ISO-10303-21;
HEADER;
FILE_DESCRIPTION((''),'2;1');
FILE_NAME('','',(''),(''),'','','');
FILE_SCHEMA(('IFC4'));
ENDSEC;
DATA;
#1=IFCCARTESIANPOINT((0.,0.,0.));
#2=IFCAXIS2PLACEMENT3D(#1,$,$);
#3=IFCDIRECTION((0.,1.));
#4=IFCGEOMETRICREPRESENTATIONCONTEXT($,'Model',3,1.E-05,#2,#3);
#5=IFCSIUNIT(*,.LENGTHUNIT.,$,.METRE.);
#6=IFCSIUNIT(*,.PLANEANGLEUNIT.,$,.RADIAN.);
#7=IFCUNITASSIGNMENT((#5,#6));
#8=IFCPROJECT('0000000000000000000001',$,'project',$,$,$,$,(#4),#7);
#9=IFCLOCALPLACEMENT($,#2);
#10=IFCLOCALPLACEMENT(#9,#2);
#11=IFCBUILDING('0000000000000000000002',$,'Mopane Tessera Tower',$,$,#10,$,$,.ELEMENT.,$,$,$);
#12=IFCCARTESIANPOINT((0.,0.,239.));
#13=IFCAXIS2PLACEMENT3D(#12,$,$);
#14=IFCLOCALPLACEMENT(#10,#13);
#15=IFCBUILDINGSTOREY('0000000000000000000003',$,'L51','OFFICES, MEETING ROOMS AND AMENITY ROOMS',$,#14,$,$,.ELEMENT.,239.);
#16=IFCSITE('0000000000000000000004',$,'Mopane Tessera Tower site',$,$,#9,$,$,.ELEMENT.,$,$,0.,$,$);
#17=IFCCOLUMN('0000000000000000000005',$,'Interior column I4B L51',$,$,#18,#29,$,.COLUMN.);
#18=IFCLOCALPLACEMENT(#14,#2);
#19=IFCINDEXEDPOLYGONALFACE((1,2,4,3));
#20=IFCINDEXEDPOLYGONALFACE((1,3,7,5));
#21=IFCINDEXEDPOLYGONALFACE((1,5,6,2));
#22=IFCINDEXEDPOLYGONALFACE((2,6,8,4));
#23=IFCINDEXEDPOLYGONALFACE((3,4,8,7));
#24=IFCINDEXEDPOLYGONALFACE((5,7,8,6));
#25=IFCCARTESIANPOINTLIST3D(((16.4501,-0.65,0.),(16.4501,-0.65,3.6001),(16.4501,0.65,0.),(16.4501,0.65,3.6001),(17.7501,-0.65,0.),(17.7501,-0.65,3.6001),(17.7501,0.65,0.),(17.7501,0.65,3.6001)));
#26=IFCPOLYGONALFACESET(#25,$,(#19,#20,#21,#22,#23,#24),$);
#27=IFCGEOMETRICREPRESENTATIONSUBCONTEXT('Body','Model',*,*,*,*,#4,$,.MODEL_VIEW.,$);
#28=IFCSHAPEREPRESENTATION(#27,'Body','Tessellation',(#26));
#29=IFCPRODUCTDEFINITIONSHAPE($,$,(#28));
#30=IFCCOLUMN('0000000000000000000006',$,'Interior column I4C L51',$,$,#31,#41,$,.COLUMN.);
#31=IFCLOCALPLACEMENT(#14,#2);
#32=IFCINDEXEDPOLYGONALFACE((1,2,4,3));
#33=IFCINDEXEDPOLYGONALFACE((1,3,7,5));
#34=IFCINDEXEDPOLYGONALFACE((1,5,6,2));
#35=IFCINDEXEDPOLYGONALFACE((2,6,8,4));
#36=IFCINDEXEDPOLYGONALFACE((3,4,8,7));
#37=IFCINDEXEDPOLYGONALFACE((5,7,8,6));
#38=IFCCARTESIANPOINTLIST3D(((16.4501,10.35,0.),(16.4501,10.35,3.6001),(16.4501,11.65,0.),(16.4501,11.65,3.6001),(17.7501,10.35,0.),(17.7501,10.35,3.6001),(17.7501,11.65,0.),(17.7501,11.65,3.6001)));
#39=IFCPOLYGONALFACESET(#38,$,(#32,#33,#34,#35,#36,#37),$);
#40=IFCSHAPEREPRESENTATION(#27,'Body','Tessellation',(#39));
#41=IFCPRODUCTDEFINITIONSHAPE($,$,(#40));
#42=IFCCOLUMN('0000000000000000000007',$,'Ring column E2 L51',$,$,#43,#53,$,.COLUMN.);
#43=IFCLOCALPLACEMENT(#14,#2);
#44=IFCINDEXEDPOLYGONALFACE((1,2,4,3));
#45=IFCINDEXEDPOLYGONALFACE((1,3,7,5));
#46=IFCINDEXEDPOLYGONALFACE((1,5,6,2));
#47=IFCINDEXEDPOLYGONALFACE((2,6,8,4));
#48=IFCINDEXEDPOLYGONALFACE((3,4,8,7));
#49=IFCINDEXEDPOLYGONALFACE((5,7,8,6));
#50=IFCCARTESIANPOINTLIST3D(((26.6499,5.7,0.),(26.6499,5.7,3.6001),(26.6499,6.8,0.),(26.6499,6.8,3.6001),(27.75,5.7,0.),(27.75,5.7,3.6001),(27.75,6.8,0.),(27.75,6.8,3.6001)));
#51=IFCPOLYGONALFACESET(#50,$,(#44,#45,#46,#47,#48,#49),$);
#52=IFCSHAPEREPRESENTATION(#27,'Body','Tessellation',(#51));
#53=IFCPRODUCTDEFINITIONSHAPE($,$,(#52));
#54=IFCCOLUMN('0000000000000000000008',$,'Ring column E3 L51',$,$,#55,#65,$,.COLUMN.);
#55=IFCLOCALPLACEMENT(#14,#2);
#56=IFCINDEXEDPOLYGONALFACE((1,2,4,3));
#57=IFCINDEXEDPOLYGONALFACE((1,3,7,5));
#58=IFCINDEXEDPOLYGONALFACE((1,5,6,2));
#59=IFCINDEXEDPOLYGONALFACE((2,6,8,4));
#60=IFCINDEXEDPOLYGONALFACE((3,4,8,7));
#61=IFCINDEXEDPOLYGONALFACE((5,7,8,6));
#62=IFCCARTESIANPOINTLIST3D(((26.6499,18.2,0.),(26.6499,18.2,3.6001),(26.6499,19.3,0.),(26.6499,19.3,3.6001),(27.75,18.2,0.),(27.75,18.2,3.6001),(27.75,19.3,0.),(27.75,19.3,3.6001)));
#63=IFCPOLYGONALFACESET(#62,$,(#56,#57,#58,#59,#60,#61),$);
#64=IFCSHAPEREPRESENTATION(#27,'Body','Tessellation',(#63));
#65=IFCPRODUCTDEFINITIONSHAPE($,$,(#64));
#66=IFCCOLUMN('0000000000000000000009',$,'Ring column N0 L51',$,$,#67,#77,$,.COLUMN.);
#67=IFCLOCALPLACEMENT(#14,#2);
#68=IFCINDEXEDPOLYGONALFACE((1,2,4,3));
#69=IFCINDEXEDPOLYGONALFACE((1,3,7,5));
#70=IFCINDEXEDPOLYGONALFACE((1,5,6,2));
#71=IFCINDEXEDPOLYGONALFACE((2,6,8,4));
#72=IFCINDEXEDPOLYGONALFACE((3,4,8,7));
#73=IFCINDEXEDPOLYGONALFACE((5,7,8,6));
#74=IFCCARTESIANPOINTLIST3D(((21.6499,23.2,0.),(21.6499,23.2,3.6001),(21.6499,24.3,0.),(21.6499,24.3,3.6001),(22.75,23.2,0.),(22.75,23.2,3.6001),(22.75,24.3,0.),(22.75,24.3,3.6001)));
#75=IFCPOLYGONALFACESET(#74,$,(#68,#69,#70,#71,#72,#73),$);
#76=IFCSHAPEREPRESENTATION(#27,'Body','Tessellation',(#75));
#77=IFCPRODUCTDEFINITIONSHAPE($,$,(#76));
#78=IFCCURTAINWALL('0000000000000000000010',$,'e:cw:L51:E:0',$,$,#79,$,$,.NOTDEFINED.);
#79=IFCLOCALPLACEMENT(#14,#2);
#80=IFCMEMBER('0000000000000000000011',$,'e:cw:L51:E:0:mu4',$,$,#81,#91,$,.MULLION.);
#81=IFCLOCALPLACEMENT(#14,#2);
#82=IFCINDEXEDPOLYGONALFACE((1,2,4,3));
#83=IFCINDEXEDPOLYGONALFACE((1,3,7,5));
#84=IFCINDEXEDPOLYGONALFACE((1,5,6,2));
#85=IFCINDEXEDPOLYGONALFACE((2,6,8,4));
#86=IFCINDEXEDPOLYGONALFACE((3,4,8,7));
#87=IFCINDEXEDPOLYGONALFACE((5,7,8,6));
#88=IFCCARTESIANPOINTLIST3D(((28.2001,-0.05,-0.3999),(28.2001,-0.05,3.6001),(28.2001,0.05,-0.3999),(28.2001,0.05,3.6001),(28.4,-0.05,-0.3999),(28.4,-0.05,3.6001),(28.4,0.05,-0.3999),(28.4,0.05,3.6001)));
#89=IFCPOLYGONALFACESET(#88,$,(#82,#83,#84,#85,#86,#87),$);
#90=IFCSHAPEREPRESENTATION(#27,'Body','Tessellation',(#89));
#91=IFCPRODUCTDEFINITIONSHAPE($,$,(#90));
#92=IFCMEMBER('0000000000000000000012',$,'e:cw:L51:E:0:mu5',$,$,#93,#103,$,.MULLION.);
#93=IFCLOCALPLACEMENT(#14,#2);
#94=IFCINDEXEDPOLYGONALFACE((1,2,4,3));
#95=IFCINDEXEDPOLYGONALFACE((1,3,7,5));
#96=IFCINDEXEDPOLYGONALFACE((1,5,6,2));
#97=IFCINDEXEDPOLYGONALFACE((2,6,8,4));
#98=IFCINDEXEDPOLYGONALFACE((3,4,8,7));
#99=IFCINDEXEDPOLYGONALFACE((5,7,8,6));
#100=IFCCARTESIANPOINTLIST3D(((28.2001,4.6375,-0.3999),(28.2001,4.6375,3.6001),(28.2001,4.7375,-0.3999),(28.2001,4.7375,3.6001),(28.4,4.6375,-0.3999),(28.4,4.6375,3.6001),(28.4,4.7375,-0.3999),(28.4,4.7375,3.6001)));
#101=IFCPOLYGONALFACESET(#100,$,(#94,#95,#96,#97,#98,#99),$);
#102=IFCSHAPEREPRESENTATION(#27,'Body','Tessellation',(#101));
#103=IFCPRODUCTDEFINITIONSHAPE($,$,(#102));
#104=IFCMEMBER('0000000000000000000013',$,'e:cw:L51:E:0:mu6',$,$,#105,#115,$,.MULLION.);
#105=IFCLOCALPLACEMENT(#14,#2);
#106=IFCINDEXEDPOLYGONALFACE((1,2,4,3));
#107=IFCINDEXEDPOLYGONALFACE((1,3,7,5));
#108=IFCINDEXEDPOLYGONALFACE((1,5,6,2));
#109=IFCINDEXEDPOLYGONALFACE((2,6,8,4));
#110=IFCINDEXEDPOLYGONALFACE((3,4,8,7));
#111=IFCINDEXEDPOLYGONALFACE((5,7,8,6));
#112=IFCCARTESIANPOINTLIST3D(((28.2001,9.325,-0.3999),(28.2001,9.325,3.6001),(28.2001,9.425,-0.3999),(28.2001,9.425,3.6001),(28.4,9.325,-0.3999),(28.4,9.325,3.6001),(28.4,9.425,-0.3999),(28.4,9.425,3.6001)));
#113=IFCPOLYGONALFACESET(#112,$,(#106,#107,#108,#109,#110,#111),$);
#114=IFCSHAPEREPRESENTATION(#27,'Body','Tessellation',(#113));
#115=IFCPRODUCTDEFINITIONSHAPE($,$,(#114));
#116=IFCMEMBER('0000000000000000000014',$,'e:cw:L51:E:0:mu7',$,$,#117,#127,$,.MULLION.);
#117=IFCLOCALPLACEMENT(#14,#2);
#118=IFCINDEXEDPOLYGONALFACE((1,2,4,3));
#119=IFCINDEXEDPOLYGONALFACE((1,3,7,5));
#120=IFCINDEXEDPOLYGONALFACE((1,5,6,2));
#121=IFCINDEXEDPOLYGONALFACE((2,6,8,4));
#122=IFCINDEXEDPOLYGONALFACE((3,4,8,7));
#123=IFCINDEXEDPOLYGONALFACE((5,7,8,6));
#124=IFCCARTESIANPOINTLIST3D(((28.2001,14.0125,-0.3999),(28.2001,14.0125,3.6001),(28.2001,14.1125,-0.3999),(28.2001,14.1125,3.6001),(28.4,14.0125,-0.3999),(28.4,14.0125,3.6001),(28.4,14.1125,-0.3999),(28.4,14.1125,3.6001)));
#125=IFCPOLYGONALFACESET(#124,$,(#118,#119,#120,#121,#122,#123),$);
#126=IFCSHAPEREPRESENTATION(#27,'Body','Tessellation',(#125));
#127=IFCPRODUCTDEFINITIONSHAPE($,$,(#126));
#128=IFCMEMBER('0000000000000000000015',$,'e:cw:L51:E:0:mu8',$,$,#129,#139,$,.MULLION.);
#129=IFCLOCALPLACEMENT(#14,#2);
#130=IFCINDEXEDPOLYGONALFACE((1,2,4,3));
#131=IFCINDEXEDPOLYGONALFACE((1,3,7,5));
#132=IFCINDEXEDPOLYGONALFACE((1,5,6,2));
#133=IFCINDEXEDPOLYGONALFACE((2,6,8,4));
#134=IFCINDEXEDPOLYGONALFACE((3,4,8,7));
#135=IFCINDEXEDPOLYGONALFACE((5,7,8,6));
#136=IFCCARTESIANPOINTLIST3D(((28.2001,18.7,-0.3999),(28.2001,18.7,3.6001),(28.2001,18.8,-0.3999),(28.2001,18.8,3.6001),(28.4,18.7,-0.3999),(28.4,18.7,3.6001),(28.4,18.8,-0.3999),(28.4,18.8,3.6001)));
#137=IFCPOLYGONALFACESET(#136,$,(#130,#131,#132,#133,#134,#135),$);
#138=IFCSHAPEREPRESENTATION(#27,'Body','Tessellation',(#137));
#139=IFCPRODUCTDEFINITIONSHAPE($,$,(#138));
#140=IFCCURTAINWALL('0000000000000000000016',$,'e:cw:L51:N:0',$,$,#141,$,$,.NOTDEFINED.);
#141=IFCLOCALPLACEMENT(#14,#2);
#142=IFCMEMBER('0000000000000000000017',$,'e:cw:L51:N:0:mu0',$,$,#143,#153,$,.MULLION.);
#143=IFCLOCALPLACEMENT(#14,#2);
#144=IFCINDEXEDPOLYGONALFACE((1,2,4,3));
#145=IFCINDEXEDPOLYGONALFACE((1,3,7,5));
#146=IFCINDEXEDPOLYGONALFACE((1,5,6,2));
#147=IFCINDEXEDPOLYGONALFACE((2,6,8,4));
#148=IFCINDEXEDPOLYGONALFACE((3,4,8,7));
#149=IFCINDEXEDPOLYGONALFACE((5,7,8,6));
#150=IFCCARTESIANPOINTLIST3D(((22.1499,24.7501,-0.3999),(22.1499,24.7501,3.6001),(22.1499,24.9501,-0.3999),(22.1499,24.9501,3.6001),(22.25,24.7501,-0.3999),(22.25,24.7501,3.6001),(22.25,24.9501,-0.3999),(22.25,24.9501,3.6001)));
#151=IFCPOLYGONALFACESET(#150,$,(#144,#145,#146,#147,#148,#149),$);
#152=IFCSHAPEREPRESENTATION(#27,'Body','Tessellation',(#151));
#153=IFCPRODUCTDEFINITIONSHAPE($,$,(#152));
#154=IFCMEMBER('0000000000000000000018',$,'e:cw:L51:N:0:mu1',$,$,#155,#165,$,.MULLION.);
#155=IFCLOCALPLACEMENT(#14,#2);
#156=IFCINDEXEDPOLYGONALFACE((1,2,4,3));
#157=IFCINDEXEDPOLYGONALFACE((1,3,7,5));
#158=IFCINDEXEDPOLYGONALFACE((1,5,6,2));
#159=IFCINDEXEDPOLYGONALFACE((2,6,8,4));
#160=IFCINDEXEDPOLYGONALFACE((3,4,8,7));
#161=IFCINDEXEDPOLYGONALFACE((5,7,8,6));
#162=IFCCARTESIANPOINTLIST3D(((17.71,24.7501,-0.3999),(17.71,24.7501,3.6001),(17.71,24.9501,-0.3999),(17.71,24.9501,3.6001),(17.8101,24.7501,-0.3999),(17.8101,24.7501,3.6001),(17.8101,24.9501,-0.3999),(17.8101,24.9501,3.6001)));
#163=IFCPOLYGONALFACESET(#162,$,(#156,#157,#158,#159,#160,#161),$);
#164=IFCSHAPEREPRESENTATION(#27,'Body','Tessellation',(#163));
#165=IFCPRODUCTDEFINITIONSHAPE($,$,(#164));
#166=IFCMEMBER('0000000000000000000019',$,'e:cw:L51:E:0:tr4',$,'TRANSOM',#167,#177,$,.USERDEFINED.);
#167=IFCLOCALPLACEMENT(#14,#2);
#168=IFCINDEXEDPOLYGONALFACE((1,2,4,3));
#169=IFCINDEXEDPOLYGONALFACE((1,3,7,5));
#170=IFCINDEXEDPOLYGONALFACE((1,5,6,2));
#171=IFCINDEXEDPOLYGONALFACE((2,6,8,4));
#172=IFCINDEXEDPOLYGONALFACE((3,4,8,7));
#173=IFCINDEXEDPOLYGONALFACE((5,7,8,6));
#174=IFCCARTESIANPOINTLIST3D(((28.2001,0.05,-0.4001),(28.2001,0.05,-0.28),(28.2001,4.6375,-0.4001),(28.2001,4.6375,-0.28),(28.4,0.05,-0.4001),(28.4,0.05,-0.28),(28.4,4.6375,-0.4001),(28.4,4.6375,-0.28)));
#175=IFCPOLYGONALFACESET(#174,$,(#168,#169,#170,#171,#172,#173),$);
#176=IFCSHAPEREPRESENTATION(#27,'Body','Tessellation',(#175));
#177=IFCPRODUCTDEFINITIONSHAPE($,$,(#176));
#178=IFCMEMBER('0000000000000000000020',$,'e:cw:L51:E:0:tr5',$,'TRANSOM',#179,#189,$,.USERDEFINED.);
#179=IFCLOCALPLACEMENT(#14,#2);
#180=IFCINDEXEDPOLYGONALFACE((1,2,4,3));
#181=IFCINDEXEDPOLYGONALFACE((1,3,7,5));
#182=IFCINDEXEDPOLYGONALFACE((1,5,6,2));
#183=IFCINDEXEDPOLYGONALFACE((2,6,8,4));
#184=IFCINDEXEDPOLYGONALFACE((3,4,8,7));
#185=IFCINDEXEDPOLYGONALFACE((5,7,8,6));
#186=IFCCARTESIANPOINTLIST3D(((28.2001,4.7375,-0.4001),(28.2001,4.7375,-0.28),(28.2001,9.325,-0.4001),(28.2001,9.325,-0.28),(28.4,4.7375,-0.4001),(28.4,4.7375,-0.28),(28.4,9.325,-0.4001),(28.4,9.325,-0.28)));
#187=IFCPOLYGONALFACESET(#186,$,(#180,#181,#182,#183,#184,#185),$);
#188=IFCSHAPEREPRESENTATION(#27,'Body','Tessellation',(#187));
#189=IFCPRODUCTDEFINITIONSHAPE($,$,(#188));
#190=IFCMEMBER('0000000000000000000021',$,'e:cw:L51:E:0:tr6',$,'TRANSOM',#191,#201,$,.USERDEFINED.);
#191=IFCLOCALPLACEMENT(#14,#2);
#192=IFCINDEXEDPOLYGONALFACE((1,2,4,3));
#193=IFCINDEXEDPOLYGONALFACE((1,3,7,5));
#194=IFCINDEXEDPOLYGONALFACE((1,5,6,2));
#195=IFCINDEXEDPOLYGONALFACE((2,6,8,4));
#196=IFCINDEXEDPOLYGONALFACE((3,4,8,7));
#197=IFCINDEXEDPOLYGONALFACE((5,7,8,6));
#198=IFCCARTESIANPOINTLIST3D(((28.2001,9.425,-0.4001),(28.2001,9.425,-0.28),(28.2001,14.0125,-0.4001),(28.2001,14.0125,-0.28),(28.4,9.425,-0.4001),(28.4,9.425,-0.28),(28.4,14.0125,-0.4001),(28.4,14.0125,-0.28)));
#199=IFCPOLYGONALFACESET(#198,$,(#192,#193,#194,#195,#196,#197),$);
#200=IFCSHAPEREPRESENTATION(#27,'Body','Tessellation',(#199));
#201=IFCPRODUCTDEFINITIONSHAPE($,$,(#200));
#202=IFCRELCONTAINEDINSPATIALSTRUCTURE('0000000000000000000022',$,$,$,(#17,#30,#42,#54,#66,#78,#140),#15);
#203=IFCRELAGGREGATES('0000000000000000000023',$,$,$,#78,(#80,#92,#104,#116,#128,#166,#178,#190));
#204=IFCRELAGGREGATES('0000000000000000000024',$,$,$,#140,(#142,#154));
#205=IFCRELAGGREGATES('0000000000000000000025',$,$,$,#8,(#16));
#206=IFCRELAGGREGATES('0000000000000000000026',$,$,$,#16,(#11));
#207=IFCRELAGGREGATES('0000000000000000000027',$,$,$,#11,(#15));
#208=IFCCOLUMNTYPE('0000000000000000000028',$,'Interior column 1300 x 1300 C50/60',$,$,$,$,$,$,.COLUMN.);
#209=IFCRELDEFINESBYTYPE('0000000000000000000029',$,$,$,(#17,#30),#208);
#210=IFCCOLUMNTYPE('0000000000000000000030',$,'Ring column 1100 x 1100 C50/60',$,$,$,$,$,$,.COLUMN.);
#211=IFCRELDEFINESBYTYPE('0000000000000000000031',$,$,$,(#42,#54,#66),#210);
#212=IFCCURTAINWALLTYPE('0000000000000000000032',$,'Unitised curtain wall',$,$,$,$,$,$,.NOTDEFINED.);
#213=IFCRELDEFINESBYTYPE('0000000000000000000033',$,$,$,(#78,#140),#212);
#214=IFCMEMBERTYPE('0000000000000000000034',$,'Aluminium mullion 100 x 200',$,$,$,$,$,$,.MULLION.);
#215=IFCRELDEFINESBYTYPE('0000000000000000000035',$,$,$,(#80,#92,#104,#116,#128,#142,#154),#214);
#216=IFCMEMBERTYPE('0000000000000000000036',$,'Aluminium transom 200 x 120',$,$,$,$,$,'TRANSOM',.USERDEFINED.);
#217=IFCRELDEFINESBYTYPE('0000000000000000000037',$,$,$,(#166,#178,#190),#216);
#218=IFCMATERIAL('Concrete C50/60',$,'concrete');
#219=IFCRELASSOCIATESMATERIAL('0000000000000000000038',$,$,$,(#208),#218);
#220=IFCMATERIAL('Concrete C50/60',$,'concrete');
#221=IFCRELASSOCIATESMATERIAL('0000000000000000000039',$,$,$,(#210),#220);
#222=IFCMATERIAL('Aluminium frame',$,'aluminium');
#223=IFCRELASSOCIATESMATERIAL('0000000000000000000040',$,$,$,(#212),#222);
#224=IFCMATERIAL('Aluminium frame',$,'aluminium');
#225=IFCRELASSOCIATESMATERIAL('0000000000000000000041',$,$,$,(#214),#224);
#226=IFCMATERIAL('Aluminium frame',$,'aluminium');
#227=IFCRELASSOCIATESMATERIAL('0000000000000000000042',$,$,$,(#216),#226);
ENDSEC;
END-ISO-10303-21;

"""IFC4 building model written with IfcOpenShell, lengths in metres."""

from ifc_helpers import new_model, si_unit, direction, frame, origin, origin_2d, place, context, subcontext, project, spatial, rectangle, extrude, material, material_profile, profile_set, type_object, element, aggregate, save


model = new_model("IFC4")

# Units and contexts
model_context = context("Model", 3, precision=1e-05, world=origin(), true_north=direction((0.0, 1.0)))
body_context = subcontext(model_context, "Body", "Model", "MODEL_VIEW")
ifc_project = project(units=[si_unit("LENGTHUNIT", "METRE"), si_unit("PLANEANGLEUNIT", "RADIAN")], contexts=[model_context])

# Site, building, storey
site_placement = place(None, origin())
site = spatial("IfcSite", under=ifc_project, at=site_placement, Name="Mopane Tessera Tower site", CompositionType="ELEMENT", RefElevation=0.0)
building_placement = place(site_placement, origin())
building = spatial("IfcBuilding", under=site, at=building_placement, Name="Mopane Tessera Tower", CompositionType="ELEMENT")
storey_placement = place(building_placement, frame((0.0, 0.0, 239.0)))
storey = spatial("IfcBuildingStorey", under=building, at=storey_placement, Name="L51", Description="OFFICES, MEETING ROOMS AND AMENITY ROOMS", CompositionType="ELEMENT", Elevation=239.0)

# Columns
ifc_material_1 = material(Name="Concrete C50/60", Category="concrete")
ifc_material_profile_1 = material_profile(ifc_material_1, rectangle(XDim=1.3, YDim=1.3, at=origin_2d()))
ifc_profile_set_1 = profile_set([ifc_material_profile_1], Name="Concrete C50/60")
column_type_1 = type_object("IfcColumnType", Name="Interior column 1300 x 1300 C50/60", PredefinedType="COLUMN", material=ifc_profile_set_1)
for number, where, z_axis, x_axis, name in (
    (1, (17.1001, 0.0, 0.0), (0.0, 0.0, 1.0), (1.0, 0.0, 0.0), "Interior column I4B L51"),
    (2, (17.1001, 11.0, 0.0), (0.0, 0.0, 1.0), (1.0, 0.0, 0.0), "Interior column I4C L51"),
):
    element("IfcColumn", number, at=place(storey_placement, frame(where, z_axis=z_axis, x_axis=x_axis)), inside=storey, type_object=column_type_1, Name=name, PredefinedType="COLUMN", context=body_context, shape_type="SweptSolid", body=[
        extrude(rectangle(XDim=1.3, YDim=1.3, at=origin_2d()), origin(), (0.0, 0.0, 1.0), 3.6001),
    ])
ifc_material_2 = material(Name="Concrete C50/60", Category="concrete")
ifc_material_profile_2 = material_profile(ifc_material_2, rectangle(XDim=1.1001, YDim=1.1001, at=origin_2d()))
ifc_profile_set_2 = profile_set([ifc_material_profile_2], Name="Concrete C50/60")
column_type_2 = type_object("IfcColumnType", Name="Ring column 1100 x 1100 C50/60", PredefinedType="COLUMN", material=ifc_profile_set_2)
for number, where, z_axis, x_axis, name in (
    (3, (27.2, 6.25, 0.0), (0.0, 0.0, 1.0), (1.0, 0.0, 0.0), "Ring column E2 L51"),
    (4, (27.2, 18.75, 0.0), (0.0, 0.0, 1.0), (1.0, 0.0, 0.0), "Ring column E3 L51"),
    (5, (22.2, 23.75, 0.0), (0.0, 0.0, 1.0), (1.0, 0.0, 0.0), "Ring column N0 L51"),
):
    element("IfcColumn", number, at=place(storey_placement, frame(where, z_axis=z_axis, x_axis=x_axis)), inside=storey, type_object=column_type_2, Name=name, PredefinedType="COLUMN", context=body_context, shape_type="SweptSolid", body=[
        extrude(rectangle(XDim=1.1001, YDim=1.1001, at=origin_2d()), origin(), (0.0, 0.0, 1.0), 3.6001),
    ])

# Curtain walls, members
ifc_material_3 = material(Name="Aluminium frame", Category="aluminium")
curtain_wall_type = type_object("IfcCurtainWallType", Name="Unitised curtain wall", PredefinedType="NOTDEFINED", material=ifc_material_3)
curtain_wall_1_placement = place(storey_placement, origin())
curtain_wall_1 = element("IfcCurtainWall", 6, at=curtain_wall_1_placement, inside=storey, type_object=curtain_wall_type, Name="e:cw:L51:E:0", PredefinedType="NOTDEFINED")
ifc_material_4 = material(Name="Aluminium frame", Category="aluminium")
ifc_material_profile_3 = material_profile(ifc_material_4, rectangle(XDim=0.1001, YDim=0.2, at=origin_2d()))
ifc_profile_set_3 = profile_set([ifc_material_profile_3], Name="Aluminium frame")
member_type_1 = type_object("IfcMemberType", Name="Aluminium mullion 100 x 200", PredefinedType="MULLION", material=ifc_profile_set_3)
member_1_placement = place(storey_placement, frame((28.3, 0.0, -0.3999), z_axis=(0.0, 0.0, 1.0), x_axis=(0.0, 1.0, 0.0)))
member_1 = element("IfcMember", 7, at=member_1_placement, type_object=member_type_1, Name="e:cw:L51:E:0:mu4", PredefinedType="MULLION", context=body_context, shape_type="SweptSolid", body=[
    extrude(rectangle(XDim=0.1001, YDim=0.2, at=origin_2d()), origin(), (0.0, 0.0, 1.0), 4.0),
])
member_2_placement = place(storey_placement, frame((28.3, 4.6875, -0.3999), z_axis=(0.0, 0.0, 1.0), x_axis=(0.0, 1.0, 0.0)))
member_2 = element("IfcMember", 8, at=member_2_placement, type_object=member_type_1, Name="e:cw:L51:E:0:mu5", PredefinedType="MULLION", context=body_context, shape_type="SweptSolid", body=[
    extrude(rectangle(XDim=0.1001, YDim=0.2, at=origin_2d()), origin(), (0.0, 0.0, 1.0), 4.0),
])
member_3_placement = place(storey_placement, frame((28.3, 9.375, -0.3999), z_axis=(0.0, 0.0, 1.0), x_axis=(0.0, 1.0, 0.0)))
member_3 = element("IfcMember", 9, at=member_3_placement, type_object=member_type_1, Name="e:cw:L51:E:0:mu6", PredefinedType="MULLION", context=body_context, shape_type="SweptSolid", body=[
    extrude(rectangle(XDim=0.1001, YDim=0.2, at=origin_2d()), origin(), (0.0, 0.0, 1.0), 4.0),
])
member_4_placement = place(storey_placement, frame((28.3, 14.0625, -0.3999), z_axis=(0.0, 0.0, 1.0), x_axis=(0.0, 1.0, 0.0)))
member_4 = element("IfcMember", 10, at=member_4_placement, type_object=member_type_1, Name="e:cw:L51:E:0:mu7", PredefinedType="MULLION", context=body_context, shape_type="SweptSolid", body=[
    extrude(rectangle(XDim=0.1001, YDim=0.2, at=origin_2d()), origin(), (0.0, 0.0, 1.0), 4.0),
])
member_5_placement = place(storey_placement, frame((28.3, 18.75, -0.3999), z_axis=(0.0, 0.0, 1.0), x_axis=(0.0, 1.0, 0.0)))
member_5 = element("IfcMember", 11, at=member_5_placement, type_object=member_type_1, Name="e:cw:L51:E:0:mu8", PredefinedType="MULLION", context=body_context, shape_type="SweptSolid", body=[
    extrude(rectangle(XDim=0.1001, YDim=0.2, at=origin_2d()), origin(), (0.0, 0.0, 1.0), 4.0),
])
curtain_wall_2_placement = place(storey_placement, origin())
curtain_wall_2 = element("IfcCurtainWall", 12, at=curtain_wall_2_placement, inside=storey, type_object=curtain_wall_type, Name="e:cw:L51:N:0", PredefinedType="NOTDEFINED")
member_6_placement = place(storey_placement, frame((22.2, 24.8501, -0.3999), z_axis=(0.0, 0.0, 1.0), x_axis=(-1.0, 0.0, 0.0)))
member_6 = element("IfcMember", 13, at=member_6_placement, type_object=member_type_1, Name="e:cw:L51:N:0:mu0", PredefinedType="MULLION", context=body_context, shape_type="SweptSolid", body=[
    extrude(rectangle(XDim=0.1001, YDim=0.2, at=origin_2d()), origin(), (0.0, 0.0, 1.0), 4.0),
])
member_7_placement = place(storey_placement, frame((17.76, 24.8501, -0.3999), z_axis=(0.0, 0.0, 1.0), x_axis=(-1.0, 0.0, 0.0)))
member_7 = element("IfcMember", 14, at=member_7_placement, type_object=member_type_1, Name="e:cw:L51:N:0:mu1", PredefinedType="MULLION", context=body_context, shape_type="SweptSolid", body=[
    extrude(rectangle(XDim=0.1001, YDim=0.2, at=origin_2d()), origin(), (0.0, 0.0, 1.0), 4.0),
])

# Members
ifc_material_5 = material(Name="Aluminium frame", Category="aluminium")
ifc_material_profile_4 = material_profile(ifc_material_5, rectangle(XDim=0.2, YDim=0.1201, at=origin_2d()))
ifc_profile_set_4 = profile_set([ifc_material_profile_4], Name="Aluminium frame")
member_type_2 = type_object("IfcMemberType", Name="Aluminium transom 200 x 120", ElementType="TRANSOM", PredefinedType="USERDEFINED", material=ifc_profile_set_4)
member_8_placement = place(storey_placement, frame((28.3, 0.05, -0.3401), z_axis=(0.0, 1.0, 0.0), x_axis=(-1.0, 0.0, 0.0)))
member_8 = element("IfcMember", 15, at=member_8_placement, type_object=member_type_2, Name="e:cw:L51:E:0:tr4", ObjectType="TRANSOM", PredefinedType="USERDEFINED", context=body_context, shape_type="SweptSolid", body=[
    extrude(rectangle(XDim=0.2, YDim=0.1201, at=origin_2d()), origin(), (0.0, 0.0, 1.0), 4.5874),
])
member_9_placement = place(storey_placement, frame((28.3, 4.7375, -0.3401), z_axis=(0.0, 1.0, 0.0), x_axis=(-1.0, 0.0, 0.0)))
member_9 = element("IfcMember", 16, at=member_9_placement, type_object=member_type_2, Name="e:cw:L51:E:0:tr5", ObjectType="TRANSOM", PredefinedType="USERDEFINED", context=body_context, shape_type="SweptSolid", body=[
    extrude(rectangle(XDim=0.2, YDim=0.1201, at=origin_2d()), origin(), (0.0, 0.0, 1.0), 4.5874),
])
member_10_placement = place(storey_placement, frame((28.3, 9.425, -0.3401), z_axis=(0.0, 1.0, 0.0), x_axis=(-1.0, 0.0, 0.0)))
member_10 = element("IfcMember", 17, at=member_10_placement, type_object=member_type_2, Name="e:cw:L51:E:0:tr6", ObjectType="TRANSOM", PredefinedType="USERDEFINED", context=body_context, shape_type="SweptSolid", body=[
    extrude(rectangle(XDim=0.2, YDim=0.1201, at=origin_2d()), origin(), (0.0, 0.0, 1.0), 4.5874),
])

aggregate(curtain_wall_1, [member_1, member_2, member_3, member_4, member_5, member_8, member_9, member_10])
aggregate(curtain_wall_2, [member_6, member_7])

save(model, "model.ifc")
